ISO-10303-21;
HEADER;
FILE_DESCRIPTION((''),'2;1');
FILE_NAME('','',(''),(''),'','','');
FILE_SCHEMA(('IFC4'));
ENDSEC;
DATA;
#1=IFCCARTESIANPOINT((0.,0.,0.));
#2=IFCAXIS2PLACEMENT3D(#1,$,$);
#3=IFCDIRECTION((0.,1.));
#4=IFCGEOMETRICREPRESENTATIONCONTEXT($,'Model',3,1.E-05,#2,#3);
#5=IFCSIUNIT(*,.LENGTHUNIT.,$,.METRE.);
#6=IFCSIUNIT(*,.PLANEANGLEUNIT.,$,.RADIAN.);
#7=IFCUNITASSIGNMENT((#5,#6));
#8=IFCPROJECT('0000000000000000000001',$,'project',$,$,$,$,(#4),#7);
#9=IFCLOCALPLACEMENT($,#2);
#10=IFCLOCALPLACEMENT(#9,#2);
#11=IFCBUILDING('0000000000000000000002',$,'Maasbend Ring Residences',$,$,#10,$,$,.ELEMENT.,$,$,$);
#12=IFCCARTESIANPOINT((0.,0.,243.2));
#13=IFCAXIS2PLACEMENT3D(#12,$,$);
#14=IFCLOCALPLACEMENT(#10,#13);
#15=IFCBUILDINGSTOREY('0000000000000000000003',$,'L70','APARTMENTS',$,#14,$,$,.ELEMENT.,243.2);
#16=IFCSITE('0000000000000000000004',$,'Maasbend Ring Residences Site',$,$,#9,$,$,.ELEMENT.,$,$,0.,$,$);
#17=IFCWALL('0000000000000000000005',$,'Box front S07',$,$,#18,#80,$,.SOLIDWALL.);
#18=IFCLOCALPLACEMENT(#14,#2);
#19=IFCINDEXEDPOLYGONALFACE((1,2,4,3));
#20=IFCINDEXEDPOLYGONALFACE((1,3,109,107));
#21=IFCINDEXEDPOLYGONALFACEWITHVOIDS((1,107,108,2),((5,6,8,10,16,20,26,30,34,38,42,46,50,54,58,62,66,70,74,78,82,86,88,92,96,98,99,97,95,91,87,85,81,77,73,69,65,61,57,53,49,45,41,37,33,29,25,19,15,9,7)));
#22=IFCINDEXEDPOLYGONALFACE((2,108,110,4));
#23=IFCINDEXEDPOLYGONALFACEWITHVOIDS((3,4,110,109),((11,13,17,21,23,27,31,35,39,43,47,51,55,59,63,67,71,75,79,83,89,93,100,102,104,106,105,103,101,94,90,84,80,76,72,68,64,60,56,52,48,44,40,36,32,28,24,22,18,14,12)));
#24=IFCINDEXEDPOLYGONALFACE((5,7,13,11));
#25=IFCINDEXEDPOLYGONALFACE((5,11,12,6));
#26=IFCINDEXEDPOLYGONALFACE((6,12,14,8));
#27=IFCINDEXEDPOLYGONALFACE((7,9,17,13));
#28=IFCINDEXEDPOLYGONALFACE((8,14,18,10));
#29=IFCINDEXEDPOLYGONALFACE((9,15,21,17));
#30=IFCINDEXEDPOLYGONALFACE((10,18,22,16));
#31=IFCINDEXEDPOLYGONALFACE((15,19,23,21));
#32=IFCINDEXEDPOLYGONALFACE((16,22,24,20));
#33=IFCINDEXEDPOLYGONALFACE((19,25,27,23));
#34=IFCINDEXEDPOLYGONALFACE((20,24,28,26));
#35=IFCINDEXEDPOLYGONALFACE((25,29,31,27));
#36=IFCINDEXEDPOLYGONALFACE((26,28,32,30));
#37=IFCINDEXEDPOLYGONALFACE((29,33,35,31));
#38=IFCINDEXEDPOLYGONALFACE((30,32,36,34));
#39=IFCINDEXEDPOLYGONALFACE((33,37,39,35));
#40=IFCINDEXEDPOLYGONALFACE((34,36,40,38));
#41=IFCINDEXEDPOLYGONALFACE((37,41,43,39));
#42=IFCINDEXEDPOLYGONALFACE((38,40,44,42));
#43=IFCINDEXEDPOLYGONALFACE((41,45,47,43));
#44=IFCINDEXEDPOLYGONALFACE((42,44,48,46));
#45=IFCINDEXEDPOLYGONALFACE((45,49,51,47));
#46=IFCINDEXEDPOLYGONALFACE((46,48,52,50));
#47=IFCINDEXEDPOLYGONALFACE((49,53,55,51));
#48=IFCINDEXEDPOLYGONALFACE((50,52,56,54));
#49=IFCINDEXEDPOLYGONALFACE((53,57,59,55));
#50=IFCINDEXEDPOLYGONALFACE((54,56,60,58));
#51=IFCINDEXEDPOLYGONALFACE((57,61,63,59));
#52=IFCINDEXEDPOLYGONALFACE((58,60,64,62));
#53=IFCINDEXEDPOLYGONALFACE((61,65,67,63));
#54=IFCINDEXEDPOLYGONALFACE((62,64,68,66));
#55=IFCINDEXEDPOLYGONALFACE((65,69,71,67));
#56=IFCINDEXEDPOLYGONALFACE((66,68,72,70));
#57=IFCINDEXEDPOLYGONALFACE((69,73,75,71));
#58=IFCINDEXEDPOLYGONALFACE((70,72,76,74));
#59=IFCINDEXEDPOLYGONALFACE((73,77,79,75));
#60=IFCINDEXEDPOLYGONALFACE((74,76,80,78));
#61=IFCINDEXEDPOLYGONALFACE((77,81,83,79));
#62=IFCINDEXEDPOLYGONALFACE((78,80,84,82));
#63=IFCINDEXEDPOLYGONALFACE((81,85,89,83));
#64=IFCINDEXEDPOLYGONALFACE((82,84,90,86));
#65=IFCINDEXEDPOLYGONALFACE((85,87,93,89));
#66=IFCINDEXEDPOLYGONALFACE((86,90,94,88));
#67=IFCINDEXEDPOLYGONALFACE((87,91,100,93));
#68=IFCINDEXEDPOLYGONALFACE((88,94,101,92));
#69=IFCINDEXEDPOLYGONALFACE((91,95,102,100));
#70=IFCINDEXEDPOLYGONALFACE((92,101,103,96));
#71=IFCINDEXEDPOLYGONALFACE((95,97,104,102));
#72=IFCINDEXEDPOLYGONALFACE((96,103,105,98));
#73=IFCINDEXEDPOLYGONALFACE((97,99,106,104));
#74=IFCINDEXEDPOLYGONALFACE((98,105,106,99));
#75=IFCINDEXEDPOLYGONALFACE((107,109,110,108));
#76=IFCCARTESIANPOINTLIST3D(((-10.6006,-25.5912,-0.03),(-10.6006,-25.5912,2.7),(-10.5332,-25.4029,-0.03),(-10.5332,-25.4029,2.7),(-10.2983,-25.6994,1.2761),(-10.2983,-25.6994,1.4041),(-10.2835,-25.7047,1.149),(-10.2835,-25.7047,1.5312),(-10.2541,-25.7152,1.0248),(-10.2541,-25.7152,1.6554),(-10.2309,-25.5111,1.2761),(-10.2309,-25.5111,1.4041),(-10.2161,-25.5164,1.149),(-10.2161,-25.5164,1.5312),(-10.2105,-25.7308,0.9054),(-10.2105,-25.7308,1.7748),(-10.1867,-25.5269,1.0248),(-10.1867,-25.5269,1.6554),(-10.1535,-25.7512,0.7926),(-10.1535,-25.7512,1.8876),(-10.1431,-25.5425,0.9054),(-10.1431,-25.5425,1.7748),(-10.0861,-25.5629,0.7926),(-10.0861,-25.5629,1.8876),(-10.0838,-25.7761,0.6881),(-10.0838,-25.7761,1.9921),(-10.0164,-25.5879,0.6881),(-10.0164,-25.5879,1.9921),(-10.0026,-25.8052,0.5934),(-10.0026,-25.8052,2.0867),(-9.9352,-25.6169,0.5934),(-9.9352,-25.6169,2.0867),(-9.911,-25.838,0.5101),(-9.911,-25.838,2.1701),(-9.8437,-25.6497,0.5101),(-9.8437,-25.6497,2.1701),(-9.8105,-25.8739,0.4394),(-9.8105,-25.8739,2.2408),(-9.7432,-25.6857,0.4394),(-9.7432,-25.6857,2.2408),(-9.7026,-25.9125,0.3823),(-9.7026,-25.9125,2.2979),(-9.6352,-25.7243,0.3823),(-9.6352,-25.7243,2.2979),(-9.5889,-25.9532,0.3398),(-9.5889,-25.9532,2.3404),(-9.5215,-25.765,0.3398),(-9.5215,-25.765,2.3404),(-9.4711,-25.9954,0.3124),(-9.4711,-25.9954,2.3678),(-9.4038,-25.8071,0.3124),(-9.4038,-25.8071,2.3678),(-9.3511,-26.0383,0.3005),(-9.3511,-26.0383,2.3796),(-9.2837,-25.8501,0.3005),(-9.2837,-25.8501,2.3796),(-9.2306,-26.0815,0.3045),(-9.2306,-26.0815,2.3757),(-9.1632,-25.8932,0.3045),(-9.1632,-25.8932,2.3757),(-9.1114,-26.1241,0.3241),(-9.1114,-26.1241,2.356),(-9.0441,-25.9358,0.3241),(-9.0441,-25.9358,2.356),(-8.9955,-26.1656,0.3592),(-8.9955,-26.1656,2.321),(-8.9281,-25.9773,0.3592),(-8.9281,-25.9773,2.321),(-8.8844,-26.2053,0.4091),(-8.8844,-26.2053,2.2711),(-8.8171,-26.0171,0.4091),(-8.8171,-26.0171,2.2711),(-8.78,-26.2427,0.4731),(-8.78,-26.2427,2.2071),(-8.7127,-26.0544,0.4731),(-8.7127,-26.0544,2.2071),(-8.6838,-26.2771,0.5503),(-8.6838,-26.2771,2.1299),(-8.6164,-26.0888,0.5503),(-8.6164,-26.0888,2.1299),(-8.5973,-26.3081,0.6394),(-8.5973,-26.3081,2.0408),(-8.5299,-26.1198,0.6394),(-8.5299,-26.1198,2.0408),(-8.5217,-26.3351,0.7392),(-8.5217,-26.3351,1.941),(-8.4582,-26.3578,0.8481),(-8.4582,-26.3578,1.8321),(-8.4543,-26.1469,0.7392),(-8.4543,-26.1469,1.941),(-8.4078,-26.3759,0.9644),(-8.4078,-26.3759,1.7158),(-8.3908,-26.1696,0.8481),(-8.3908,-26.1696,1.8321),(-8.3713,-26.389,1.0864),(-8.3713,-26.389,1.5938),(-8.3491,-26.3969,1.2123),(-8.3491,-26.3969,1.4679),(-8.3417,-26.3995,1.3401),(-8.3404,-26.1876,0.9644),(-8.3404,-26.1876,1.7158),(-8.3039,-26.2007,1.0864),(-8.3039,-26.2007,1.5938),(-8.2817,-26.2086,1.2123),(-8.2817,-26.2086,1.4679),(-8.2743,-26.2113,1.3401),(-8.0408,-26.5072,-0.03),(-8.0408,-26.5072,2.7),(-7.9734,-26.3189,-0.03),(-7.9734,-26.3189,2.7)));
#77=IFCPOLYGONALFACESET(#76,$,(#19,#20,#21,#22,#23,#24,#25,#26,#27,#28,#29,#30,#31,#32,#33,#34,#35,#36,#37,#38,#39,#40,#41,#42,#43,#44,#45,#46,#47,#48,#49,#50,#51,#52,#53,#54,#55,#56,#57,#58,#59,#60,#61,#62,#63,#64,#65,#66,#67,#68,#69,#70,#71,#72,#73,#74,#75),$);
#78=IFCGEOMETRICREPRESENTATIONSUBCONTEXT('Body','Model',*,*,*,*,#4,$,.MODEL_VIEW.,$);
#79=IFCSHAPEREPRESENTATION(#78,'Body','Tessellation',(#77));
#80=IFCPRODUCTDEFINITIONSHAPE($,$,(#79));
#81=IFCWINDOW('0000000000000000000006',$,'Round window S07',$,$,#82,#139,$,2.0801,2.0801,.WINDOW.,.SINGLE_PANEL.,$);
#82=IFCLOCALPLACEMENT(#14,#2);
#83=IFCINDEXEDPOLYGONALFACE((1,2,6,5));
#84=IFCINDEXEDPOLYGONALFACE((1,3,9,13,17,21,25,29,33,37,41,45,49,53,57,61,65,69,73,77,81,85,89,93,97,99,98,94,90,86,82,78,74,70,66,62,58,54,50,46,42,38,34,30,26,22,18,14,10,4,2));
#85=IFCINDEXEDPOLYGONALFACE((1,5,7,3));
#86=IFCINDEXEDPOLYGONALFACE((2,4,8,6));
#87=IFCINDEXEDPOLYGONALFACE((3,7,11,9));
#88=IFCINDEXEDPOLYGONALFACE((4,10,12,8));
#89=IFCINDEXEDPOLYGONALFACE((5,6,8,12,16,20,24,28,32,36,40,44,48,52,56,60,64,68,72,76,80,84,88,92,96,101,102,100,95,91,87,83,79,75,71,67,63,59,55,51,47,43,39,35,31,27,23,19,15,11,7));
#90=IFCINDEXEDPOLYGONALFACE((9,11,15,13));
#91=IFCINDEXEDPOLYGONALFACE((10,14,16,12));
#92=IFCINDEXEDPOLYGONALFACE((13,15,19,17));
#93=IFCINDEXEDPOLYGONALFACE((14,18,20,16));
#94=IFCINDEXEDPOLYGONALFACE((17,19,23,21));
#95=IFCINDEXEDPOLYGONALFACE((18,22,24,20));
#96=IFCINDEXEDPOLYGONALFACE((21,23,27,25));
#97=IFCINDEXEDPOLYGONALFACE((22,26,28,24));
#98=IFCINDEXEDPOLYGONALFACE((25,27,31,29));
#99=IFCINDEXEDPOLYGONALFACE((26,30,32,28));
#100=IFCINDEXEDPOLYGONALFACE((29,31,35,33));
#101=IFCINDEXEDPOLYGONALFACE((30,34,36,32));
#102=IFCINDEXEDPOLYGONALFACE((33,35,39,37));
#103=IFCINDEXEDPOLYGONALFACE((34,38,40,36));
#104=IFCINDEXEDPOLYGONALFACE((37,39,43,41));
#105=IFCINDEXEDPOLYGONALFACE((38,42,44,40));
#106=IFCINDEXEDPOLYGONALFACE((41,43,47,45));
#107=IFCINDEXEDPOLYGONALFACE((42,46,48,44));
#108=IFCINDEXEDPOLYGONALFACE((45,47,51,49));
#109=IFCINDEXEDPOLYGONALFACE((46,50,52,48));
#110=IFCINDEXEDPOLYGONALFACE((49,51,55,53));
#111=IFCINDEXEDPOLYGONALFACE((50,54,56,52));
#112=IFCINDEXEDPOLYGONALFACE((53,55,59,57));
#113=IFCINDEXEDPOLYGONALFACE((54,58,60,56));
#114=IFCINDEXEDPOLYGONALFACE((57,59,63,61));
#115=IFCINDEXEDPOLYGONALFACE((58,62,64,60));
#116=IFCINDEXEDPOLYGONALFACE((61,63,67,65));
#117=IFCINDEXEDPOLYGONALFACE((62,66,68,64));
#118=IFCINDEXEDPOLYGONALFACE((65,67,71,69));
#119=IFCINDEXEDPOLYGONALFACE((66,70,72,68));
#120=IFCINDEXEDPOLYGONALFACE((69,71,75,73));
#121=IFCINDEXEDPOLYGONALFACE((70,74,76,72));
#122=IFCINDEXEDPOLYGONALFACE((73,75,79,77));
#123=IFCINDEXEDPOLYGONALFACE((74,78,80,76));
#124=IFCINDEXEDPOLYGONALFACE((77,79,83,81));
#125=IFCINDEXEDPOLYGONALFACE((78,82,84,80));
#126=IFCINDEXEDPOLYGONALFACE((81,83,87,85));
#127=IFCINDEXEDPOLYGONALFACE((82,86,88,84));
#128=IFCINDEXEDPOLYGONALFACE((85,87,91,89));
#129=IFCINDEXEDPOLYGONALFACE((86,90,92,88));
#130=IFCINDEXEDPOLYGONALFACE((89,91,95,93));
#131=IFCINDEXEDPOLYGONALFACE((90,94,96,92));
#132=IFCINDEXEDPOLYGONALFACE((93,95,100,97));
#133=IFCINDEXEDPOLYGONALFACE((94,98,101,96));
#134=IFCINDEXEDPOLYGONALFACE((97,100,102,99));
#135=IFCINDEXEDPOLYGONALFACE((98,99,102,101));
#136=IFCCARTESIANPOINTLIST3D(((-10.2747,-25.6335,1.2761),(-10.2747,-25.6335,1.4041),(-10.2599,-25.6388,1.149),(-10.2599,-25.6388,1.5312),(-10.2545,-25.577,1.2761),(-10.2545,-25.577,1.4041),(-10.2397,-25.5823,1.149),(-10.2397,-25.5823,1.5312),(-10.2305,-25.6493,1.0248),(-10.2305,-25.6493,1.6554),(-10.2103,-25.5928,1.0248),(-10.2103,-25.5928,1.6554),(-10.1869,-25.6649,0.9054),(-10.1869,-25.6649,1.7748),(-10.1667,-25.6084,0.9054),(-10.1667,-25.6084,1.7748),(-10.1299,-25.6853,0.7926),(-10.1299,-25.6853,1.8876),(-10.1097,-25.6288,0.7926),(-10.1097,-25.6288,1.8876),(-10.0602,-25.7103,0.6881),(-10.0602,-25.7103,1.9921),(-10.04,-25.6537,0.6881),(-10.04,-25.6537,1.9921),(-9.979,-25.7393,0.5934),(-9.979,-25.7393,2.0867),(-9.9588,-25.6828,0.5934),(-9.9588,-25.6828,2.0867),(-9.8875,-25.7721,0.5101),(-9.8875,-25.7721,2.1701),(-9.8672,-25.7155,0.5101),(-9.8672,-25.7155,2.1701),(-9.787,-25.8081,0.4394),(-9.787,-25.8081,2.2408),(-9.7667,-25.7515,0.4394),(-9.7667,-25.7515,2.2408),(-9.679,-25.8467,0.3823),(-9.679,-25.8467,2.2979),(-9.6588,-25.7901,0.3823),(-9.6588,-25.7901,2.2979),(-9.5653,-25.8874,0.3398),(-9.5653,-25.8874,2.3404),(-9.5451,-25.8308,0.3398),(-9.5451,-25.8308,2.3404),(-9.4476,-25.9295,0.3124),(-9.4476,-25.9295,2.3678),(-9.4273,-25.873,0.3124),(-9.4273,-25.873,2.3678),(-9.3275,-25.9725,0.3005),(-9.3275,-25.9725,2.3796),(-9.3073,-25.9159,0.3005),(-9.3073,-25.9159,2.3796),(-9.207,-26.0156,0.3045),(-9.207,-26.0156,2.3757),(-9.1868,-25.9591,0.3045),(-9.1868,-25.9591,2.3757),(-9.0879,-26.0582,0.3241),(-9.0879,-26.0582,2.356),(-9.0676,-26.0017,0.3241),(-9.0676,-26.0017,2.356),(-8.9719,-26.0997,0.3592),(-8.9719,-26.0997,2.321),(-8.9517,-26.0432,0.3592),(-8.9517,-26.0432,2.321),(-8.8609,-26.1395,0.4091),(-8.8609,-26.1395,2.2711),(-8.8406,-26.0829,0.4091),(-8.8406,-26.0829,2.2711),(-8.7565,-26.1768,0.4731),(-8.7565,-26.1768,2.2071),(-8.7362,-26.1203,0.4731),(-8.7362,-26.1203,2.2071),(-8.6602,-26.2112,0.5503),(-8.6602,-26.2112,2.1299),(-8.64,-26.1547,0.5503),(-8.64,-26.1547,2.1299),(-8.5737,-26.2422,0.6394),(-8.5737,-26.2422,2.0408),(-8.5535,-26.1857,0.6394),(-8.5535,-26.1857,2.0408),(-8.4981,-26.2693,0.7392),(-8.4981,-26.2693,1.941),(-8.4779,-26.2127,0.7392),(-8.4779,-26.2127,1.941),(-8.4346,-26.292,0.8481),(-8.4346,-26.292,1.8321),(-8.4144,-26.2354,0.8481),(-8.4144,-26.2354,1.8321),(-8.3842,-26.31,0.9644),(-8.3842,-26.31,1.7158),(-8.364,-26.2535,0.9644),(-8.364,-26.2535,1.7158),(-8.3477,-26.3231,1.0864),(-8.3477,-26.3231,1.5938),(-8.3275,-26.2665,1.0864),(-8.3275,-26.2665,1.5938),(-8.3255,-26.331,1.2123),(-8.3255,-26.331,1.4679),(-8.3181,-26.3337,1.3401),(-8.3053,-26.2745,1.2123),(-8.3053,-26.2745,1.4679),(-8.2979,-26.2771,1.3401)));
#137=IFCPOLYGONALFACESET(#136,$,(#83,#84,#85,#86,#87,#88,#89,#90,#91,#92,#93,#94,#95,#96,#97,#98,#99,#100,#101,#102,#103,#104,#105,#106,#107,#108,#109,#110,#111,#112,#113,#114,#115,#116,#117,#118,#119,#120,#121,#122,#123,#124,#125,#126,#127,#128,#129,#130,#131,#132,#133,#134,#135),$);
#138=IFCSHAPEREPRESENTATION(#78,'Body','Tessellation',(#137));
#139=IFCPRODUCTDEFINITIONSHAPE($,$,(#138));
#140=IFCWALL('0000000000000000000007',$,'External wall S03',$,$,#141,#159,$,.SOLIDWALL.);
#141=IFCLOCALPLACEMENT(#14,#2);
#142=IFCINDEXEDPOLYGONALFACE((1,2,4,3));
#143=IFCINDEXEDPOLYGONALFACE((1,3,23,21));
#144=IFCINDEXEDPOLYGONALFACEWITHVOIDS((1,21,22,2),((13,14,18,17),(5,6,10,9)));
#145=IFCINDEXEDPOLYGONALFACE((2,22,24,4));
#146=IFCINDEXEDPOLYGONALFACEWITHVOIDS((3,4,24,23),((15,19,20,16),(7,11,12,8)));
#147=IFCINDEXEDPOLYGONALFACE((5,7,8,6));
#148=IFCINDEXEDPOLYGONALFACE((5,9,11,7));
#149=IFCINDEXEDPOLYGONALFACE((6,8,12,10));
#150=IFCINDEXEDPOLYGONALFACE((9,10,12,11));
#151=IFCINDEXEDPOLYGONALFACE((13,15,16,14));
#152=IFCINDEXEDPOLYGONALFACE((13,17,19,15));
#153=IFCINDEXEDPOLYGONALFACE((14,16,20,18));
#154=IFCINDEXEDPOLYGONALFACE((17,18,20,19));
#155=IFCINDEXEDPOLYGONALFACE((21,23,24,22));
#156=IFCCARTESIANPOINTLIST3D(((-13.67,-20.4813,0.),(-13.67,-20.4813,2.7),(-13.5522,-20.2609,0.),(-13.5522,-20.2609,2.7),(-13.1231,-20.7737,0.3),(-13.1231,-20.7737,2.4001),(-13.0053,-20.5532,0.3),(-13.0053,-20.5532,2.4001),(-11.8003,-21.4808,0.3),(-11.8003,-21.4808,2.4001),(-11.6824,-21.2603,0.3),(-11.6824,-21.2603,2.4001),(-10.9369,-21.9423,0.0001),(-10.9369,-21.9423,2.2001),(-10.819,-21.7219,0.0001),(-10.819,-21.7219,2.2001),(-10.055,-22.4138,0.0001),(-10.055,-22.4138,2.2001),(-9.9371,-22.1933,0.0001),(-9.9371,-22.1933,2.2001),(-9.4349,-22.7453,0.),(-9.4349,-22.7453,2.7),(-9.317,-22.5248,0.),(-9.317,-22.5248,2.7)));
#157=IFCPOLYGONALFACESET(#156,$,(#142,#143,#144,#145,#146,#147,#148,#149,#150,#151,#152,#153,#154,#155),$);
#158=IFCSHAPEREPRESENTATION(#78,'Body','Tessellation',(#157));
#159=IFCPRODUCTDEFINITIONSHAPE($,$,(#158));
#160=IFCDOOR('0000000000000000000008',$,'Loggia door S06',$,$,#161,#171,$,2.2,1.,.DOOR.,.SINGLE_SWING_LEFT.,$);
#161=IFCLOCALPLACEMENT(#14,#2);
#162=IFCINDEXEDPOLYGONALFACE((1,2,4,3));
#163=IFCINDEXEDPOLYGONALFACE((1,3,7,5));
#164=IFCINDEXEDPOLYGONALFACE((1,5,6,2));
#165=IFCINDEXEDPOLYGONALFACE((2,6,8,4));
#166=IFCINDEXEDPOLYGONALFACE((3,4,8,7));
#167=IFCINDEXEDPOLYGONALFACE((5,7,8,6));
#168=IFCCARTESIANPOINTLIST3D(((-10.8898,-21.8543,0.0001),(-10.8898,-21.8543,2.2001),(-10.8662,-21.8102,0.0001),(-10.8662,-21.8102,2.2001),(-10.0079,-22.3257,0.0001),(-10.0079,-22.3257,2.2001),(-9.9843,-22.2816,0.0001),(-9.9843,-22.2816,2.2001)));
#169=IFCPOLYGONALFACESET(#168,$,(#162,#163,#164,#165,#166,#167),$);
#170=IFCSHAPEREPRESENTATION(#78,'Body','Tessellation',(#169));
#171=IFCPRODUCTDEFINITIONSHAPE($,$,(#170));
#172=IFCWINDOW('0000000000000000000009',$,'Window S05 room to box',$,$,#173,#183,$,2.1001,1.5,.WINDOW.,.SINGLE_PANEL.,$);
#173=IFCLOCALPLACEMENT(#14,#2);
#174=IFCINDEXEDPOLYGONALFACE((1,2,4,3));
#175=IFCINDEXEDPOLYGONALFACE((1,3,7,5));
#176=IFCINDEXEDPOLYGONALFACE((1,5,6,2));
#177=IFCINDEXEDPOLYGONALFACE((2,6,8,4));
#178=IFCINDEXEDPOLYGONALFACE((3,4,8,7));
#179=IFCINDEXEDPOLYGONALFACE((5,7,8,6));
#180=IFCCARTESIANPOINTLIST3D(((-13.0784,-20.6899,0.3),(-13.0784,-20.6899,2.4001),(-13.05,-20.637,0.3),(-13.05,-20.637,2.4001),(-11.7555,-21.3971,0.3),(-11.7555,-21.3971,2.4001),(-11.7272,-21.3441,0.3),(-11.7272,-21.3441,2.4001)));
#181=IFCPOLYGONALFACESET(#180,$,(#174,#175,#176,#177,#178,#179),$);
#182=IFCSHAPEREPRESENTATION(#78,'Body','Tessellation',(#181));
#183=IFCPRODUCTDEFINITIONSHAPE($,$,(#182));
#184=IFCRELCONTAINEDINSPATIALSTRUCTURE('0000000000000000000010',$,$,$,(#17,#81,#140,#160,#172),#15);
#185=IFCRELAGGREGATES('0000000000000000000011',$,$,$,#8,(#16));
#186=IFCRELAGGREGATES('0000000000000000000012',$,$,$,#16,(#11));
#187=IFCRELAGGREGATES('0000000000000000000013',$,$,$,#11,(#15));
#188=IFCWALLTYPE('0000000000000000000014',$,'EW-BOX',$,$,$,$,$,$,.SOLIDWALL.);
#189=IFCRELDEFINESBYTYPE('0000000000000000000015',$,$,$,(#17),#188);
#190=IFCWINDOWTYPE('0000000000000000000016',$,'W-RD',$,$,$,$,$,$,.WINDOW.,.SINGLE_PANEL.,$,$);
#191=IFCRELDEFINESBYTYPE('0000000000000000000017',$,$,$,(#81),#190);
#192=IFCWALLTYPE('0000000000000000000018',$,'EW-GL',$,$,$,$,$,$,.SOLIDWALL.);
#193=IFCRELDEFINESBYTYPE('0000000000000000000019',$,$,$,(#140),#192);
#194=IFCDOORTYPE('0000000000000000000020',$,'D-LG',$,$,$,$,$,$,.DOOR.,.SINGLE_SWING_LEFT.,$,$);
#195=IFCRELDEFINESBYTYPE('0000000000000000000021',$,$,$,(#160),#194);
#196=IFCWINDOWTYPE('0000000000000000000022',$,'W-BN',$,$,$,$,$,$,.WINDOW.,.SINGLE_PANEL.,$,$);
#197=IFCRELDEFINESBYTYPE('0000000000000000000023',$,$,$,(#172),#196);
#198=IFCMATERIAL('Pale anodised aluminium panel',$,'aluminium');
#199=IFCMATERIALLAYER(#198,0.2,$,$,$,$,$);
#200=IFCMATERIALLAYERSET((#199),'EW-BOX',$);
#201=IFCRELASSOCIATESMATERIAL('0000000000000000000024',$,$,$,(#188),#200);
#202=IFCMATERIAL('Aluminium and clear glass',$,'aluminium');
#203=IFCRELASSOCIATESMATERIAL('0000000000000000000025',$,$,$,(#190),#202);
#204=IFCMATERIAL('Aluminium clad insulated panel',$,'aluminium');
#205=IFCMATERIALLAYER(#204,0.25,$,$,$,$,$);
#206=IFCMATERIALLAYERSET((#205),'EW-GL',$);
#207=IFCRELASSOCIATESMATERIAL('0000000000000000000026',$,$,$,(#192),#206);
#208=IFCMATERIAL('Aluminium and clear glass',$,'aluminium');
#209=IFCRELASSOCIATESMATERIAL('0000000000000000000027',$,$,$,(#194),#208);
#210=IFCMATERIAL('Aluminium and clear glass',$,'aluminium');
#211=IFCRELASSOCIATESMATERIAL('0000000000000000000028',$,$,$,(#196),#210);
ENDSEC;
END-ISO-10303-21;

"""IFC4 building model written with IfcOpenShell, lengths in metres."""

from ifc_helpers import new_model, si_unit, direction, frame, frame_2d, origin, place, context, subcontext, project, spatial, rectangle, circle, extrude, material, layer, layer_set, type_object, element, fill, save


model = new_model("IFC4")

# Units and contexts
model_context = context("Model", 3, precision=1e-05, world=origin(), true_north=direction((0.0, 1.0)))
body_context = subcontext(model_context, "Body", "Model", "MODEL_VIEW")
ifc_project = project(units=[si_unit("LENGTHUNIT", "METRE"), si_unit("PLANEANGLEUNIT", "RADIAN")], contexts=[model_context])

# Site, building, storey
site_placement = place(None, origin())
site = spatial("IfcSite", under=ifc_project, at=site_placement, Name="Maasbend Ring Residences Site", CompositionType="ELEMENT", RefElevation=0.0)
building_placement = place(site_placement, origin())
building = spatial("IfcBuilding", under=site, at=building_placement, Name="Maasbend Ring Residences", CompositionType="ELEMENT")
storey_placement = place(building_placement, frame((0.0, 0.0, 243.2)))
storey = spatial("IfcBuildingStorey", under=building, at=storey_placement, Name="L70", Description="APARTMENTS", CompositionType="ELEMENT", Elevation=243.2)

# Shared definitions
ifc_material_1 = material(Name="Pale anodised aluminium panel", Category="aluminium")
ifc_layer_1 = layer(ifc_material_1, 0.2)
ifc_layer_set_1 = layer_set([ifc_layer_1], Name="EW-BOX")
wall_type_1 = type_object("IfcWallType", Name="EW-BOX", PredefinedType="SOLIDWALL", material=ifc_layer_set_1)
ifc_material_2 = material(Name="Aluminium and clear glass", Category="aluminium")
window_type_1 = type_object("IfcWindowType", Name="W-RD", PartitioningType="SINGLE_PANEL", PredefinedType="WINDOW", material=ifc_material_2)

# Wall, opening, window
wall_1_placement = place(storey_placement, frame((-10.5669, -25.4971, -0.03), z_axis=(0.0, 0.0, 1.0), x_axis=(0.941532, -0.336922, 0.0)))
wall_1 = element("IfcWall", 1, at=wall_1_placement, inside=storey, type_object=wall_type_1, Name="Box front S07", PredefinedType="SOLIDWALL", context=body_context, shape_type="SweptSolid", body=[
    extrude(rectangle(XDim=2.7188, YDim=0.2, at=frame_2d((1.3594, 0.0))), origin(), (0.0, 0.0, 1.0), 2.73),
])
opening_1_placement = place(wall_1_placement, frame((0.3191, 0.0, 0.3301)))
opening_1 = element("IfcOpeningElement", 2, at=opening_1_placement, cuts=wall_1, PredefinedType="OPENING", context=body_context, shape_type="SweptSolid", body=[
    extrude(circle(Radius=1.04, at=frame_2d((1.04, 1.04))), frame((0.0, 0.1099, 0.0), z_axis=(0.0, -1.0, 0.0), x_axis=(1.0, 0.0, 0.0)), (0.0, 0.0, 1.0), 0.22),
])
window_1_placement = place(opening_1_placement, origin())
window_1 = element("IfcWindow", 3, at=window_1_placement, inside=storey, type_object=window_type_1, Name="Round window S07", OverallHeight=2.0801, OverallWidth=2.0801, PartitioningType="SINGLE_PANEL", PredefinedType="WINDOW", context=body_context, shape_type="SweptSolid", body=[
    extrude(circle(Radius=1.04, at=frame_2d((1.04, 1.04))), frame((0.0, 0.03, 0.0), z_axis=(0.0, -1.0, 0.0), x_axis=(1.0, 0.0, 0.0)), (0.0, 0.0, 1.0), 0.0601),
])
fill(opening_1, window_1)

# Wall, openings, door, window
ifc_material_3 = material(Name="Aluminium clad insulated panel", Category="aluminium")
ifc_layer_2 = layer(ifc_material_3, 0.25)
ifc_layer_set_2 = layer_set([ifc_layer_2], Name="EW-GL")
wall_type_2 = type_object("IfcWallType", Name="EW-GL", PredefinedType="SOLIDWALL", material=ifc_layer_set_2)
wall_2_placement = place(storey_placement, frame((-13.6111, -20.3711, 0.0), z_axis=(0.0, 0.0, 1.0), x_axis=(0.881904, -0.47143, 0.0)))
wall_2 = element("IfcWall", 4, at=wall_2_placement, inside=storey, type_object=wall_type_2, Name="External wall S03", PredefinedType="SOLIDWALL", context=body_context, shape_type="SweptSolid", body=[
    extrude(rectangle(XDim=4.8022, YDim=0.25, at=frame_2d((2.4011, 0.0))), origin(), (0.0, 0.0, 1.0), 2.7),
])
opening_2_placement = place(wall_2_placement, frame((0.6201, 0.0, 0.3)))
opening_2 = element("IfcOpeningElement", 5, at=opening_2_placement, cuts=wall_2, PredefinedType="OPENING", context=body_context, shape_type="SweptSolid", body=[
    extrude(rectangle(XDim=1.5, YDim=2.1001, at=frame_2d((0.75, 1.05))), frame((0.0, 0.135, 0.0), z_axis=(0.0, -1.0, 0.0), x_axis=(1.0, 0.0, 0.0)), (0.0, 0.0, 1.0), 0.27),
])
opening_3_placement = place(wall_2_placement, frame((3.0991, 0.0, 0.0)))
opening_3 = element("IfcOpeningElement", 6, at=opening_3_placement, cuts=wall_2, PredefinedType="OPENING", context=body_context, shape_type="SweptSolid", body=[
    extrude(rectangle(XDim=1.0, YDim=2.2, at=frame_2d((0.5, 1.1001))), frame((0.0, 0.135, 0.0), z_axis=(0.0, -1.0, 0.0), x_axis=(1.0, 0.0, 0.0)), (0.0, 0.0, 1.0), 0.27),
])
ifc_material_4 = material(Name="Aluminium and clear glass", Category="aluminium")
door_type_1 = type_object("IfcDoorType", Name="D-LG", OperationType="SINGLE_SWING_LEFT", PredefinedType="DOOR", material=ifc_material_4)
door_1_placement = place(opening_3_placement, origin())
door_1 = element("IfcDoor", 7, at=door_1_placement, inside=storey, type_object=door_type_1, Name="Loggia door S06", OperationType="SINGLE_SWING_LEFT", OverallHeight=2.2, OverallWidth=1.0, PredefinedType="DOOR", context=body_context, shape_type="SweptSolid", body=[
    extrude(rectangle(XDim=1.0, YDim=2.2, at=frame_2d((0.5, 1.1001))), frame((0.0, 0.0249, 0.0), z_axis=(0.0, -1.0, 0.0), x_axis=(1.0, 0.0, 0.0)), (0.0, 0.0, 1.0), 0.05),
])
fill(opening_3, door_1)
ifc_material_5 = material(Name="Aluminium and clear glass", Category="aluminium")
window_type_2 = type_object("IfcWindowType", Name="W-BN", PartitioningType="SINGLE_PANEL", PredefinedType="WINDOW", material=ifc_material_5)
window_2_placement = place(opening_2_placement, origin())
window_2 = element("IfcWindow", 8, at=window_2_placement, inside=storey, type_object=window_type_2, Name="Window S05 room to box", OverallHeight=2.1001, OverallWidth=1.5, PartitioningType="SINGLE_PANEL", PredefinedType="WINDOW", context=body_context, shape_type="SweptSolid", body=[
    extrude(rectangle(XDim=1.5, YDim=2.1001, at=frame_2d((0.75, 1.05))), frame((0.0, 0.03, 0.0), z_axis=(0.0, -1.0, 0.0), x_axis=(1.0, 0.0, 0.0)), (0.0, 0.0, 1.0), 0.0601),
])
fill(opening_2, window_2)

save(model, "model.ifc")
